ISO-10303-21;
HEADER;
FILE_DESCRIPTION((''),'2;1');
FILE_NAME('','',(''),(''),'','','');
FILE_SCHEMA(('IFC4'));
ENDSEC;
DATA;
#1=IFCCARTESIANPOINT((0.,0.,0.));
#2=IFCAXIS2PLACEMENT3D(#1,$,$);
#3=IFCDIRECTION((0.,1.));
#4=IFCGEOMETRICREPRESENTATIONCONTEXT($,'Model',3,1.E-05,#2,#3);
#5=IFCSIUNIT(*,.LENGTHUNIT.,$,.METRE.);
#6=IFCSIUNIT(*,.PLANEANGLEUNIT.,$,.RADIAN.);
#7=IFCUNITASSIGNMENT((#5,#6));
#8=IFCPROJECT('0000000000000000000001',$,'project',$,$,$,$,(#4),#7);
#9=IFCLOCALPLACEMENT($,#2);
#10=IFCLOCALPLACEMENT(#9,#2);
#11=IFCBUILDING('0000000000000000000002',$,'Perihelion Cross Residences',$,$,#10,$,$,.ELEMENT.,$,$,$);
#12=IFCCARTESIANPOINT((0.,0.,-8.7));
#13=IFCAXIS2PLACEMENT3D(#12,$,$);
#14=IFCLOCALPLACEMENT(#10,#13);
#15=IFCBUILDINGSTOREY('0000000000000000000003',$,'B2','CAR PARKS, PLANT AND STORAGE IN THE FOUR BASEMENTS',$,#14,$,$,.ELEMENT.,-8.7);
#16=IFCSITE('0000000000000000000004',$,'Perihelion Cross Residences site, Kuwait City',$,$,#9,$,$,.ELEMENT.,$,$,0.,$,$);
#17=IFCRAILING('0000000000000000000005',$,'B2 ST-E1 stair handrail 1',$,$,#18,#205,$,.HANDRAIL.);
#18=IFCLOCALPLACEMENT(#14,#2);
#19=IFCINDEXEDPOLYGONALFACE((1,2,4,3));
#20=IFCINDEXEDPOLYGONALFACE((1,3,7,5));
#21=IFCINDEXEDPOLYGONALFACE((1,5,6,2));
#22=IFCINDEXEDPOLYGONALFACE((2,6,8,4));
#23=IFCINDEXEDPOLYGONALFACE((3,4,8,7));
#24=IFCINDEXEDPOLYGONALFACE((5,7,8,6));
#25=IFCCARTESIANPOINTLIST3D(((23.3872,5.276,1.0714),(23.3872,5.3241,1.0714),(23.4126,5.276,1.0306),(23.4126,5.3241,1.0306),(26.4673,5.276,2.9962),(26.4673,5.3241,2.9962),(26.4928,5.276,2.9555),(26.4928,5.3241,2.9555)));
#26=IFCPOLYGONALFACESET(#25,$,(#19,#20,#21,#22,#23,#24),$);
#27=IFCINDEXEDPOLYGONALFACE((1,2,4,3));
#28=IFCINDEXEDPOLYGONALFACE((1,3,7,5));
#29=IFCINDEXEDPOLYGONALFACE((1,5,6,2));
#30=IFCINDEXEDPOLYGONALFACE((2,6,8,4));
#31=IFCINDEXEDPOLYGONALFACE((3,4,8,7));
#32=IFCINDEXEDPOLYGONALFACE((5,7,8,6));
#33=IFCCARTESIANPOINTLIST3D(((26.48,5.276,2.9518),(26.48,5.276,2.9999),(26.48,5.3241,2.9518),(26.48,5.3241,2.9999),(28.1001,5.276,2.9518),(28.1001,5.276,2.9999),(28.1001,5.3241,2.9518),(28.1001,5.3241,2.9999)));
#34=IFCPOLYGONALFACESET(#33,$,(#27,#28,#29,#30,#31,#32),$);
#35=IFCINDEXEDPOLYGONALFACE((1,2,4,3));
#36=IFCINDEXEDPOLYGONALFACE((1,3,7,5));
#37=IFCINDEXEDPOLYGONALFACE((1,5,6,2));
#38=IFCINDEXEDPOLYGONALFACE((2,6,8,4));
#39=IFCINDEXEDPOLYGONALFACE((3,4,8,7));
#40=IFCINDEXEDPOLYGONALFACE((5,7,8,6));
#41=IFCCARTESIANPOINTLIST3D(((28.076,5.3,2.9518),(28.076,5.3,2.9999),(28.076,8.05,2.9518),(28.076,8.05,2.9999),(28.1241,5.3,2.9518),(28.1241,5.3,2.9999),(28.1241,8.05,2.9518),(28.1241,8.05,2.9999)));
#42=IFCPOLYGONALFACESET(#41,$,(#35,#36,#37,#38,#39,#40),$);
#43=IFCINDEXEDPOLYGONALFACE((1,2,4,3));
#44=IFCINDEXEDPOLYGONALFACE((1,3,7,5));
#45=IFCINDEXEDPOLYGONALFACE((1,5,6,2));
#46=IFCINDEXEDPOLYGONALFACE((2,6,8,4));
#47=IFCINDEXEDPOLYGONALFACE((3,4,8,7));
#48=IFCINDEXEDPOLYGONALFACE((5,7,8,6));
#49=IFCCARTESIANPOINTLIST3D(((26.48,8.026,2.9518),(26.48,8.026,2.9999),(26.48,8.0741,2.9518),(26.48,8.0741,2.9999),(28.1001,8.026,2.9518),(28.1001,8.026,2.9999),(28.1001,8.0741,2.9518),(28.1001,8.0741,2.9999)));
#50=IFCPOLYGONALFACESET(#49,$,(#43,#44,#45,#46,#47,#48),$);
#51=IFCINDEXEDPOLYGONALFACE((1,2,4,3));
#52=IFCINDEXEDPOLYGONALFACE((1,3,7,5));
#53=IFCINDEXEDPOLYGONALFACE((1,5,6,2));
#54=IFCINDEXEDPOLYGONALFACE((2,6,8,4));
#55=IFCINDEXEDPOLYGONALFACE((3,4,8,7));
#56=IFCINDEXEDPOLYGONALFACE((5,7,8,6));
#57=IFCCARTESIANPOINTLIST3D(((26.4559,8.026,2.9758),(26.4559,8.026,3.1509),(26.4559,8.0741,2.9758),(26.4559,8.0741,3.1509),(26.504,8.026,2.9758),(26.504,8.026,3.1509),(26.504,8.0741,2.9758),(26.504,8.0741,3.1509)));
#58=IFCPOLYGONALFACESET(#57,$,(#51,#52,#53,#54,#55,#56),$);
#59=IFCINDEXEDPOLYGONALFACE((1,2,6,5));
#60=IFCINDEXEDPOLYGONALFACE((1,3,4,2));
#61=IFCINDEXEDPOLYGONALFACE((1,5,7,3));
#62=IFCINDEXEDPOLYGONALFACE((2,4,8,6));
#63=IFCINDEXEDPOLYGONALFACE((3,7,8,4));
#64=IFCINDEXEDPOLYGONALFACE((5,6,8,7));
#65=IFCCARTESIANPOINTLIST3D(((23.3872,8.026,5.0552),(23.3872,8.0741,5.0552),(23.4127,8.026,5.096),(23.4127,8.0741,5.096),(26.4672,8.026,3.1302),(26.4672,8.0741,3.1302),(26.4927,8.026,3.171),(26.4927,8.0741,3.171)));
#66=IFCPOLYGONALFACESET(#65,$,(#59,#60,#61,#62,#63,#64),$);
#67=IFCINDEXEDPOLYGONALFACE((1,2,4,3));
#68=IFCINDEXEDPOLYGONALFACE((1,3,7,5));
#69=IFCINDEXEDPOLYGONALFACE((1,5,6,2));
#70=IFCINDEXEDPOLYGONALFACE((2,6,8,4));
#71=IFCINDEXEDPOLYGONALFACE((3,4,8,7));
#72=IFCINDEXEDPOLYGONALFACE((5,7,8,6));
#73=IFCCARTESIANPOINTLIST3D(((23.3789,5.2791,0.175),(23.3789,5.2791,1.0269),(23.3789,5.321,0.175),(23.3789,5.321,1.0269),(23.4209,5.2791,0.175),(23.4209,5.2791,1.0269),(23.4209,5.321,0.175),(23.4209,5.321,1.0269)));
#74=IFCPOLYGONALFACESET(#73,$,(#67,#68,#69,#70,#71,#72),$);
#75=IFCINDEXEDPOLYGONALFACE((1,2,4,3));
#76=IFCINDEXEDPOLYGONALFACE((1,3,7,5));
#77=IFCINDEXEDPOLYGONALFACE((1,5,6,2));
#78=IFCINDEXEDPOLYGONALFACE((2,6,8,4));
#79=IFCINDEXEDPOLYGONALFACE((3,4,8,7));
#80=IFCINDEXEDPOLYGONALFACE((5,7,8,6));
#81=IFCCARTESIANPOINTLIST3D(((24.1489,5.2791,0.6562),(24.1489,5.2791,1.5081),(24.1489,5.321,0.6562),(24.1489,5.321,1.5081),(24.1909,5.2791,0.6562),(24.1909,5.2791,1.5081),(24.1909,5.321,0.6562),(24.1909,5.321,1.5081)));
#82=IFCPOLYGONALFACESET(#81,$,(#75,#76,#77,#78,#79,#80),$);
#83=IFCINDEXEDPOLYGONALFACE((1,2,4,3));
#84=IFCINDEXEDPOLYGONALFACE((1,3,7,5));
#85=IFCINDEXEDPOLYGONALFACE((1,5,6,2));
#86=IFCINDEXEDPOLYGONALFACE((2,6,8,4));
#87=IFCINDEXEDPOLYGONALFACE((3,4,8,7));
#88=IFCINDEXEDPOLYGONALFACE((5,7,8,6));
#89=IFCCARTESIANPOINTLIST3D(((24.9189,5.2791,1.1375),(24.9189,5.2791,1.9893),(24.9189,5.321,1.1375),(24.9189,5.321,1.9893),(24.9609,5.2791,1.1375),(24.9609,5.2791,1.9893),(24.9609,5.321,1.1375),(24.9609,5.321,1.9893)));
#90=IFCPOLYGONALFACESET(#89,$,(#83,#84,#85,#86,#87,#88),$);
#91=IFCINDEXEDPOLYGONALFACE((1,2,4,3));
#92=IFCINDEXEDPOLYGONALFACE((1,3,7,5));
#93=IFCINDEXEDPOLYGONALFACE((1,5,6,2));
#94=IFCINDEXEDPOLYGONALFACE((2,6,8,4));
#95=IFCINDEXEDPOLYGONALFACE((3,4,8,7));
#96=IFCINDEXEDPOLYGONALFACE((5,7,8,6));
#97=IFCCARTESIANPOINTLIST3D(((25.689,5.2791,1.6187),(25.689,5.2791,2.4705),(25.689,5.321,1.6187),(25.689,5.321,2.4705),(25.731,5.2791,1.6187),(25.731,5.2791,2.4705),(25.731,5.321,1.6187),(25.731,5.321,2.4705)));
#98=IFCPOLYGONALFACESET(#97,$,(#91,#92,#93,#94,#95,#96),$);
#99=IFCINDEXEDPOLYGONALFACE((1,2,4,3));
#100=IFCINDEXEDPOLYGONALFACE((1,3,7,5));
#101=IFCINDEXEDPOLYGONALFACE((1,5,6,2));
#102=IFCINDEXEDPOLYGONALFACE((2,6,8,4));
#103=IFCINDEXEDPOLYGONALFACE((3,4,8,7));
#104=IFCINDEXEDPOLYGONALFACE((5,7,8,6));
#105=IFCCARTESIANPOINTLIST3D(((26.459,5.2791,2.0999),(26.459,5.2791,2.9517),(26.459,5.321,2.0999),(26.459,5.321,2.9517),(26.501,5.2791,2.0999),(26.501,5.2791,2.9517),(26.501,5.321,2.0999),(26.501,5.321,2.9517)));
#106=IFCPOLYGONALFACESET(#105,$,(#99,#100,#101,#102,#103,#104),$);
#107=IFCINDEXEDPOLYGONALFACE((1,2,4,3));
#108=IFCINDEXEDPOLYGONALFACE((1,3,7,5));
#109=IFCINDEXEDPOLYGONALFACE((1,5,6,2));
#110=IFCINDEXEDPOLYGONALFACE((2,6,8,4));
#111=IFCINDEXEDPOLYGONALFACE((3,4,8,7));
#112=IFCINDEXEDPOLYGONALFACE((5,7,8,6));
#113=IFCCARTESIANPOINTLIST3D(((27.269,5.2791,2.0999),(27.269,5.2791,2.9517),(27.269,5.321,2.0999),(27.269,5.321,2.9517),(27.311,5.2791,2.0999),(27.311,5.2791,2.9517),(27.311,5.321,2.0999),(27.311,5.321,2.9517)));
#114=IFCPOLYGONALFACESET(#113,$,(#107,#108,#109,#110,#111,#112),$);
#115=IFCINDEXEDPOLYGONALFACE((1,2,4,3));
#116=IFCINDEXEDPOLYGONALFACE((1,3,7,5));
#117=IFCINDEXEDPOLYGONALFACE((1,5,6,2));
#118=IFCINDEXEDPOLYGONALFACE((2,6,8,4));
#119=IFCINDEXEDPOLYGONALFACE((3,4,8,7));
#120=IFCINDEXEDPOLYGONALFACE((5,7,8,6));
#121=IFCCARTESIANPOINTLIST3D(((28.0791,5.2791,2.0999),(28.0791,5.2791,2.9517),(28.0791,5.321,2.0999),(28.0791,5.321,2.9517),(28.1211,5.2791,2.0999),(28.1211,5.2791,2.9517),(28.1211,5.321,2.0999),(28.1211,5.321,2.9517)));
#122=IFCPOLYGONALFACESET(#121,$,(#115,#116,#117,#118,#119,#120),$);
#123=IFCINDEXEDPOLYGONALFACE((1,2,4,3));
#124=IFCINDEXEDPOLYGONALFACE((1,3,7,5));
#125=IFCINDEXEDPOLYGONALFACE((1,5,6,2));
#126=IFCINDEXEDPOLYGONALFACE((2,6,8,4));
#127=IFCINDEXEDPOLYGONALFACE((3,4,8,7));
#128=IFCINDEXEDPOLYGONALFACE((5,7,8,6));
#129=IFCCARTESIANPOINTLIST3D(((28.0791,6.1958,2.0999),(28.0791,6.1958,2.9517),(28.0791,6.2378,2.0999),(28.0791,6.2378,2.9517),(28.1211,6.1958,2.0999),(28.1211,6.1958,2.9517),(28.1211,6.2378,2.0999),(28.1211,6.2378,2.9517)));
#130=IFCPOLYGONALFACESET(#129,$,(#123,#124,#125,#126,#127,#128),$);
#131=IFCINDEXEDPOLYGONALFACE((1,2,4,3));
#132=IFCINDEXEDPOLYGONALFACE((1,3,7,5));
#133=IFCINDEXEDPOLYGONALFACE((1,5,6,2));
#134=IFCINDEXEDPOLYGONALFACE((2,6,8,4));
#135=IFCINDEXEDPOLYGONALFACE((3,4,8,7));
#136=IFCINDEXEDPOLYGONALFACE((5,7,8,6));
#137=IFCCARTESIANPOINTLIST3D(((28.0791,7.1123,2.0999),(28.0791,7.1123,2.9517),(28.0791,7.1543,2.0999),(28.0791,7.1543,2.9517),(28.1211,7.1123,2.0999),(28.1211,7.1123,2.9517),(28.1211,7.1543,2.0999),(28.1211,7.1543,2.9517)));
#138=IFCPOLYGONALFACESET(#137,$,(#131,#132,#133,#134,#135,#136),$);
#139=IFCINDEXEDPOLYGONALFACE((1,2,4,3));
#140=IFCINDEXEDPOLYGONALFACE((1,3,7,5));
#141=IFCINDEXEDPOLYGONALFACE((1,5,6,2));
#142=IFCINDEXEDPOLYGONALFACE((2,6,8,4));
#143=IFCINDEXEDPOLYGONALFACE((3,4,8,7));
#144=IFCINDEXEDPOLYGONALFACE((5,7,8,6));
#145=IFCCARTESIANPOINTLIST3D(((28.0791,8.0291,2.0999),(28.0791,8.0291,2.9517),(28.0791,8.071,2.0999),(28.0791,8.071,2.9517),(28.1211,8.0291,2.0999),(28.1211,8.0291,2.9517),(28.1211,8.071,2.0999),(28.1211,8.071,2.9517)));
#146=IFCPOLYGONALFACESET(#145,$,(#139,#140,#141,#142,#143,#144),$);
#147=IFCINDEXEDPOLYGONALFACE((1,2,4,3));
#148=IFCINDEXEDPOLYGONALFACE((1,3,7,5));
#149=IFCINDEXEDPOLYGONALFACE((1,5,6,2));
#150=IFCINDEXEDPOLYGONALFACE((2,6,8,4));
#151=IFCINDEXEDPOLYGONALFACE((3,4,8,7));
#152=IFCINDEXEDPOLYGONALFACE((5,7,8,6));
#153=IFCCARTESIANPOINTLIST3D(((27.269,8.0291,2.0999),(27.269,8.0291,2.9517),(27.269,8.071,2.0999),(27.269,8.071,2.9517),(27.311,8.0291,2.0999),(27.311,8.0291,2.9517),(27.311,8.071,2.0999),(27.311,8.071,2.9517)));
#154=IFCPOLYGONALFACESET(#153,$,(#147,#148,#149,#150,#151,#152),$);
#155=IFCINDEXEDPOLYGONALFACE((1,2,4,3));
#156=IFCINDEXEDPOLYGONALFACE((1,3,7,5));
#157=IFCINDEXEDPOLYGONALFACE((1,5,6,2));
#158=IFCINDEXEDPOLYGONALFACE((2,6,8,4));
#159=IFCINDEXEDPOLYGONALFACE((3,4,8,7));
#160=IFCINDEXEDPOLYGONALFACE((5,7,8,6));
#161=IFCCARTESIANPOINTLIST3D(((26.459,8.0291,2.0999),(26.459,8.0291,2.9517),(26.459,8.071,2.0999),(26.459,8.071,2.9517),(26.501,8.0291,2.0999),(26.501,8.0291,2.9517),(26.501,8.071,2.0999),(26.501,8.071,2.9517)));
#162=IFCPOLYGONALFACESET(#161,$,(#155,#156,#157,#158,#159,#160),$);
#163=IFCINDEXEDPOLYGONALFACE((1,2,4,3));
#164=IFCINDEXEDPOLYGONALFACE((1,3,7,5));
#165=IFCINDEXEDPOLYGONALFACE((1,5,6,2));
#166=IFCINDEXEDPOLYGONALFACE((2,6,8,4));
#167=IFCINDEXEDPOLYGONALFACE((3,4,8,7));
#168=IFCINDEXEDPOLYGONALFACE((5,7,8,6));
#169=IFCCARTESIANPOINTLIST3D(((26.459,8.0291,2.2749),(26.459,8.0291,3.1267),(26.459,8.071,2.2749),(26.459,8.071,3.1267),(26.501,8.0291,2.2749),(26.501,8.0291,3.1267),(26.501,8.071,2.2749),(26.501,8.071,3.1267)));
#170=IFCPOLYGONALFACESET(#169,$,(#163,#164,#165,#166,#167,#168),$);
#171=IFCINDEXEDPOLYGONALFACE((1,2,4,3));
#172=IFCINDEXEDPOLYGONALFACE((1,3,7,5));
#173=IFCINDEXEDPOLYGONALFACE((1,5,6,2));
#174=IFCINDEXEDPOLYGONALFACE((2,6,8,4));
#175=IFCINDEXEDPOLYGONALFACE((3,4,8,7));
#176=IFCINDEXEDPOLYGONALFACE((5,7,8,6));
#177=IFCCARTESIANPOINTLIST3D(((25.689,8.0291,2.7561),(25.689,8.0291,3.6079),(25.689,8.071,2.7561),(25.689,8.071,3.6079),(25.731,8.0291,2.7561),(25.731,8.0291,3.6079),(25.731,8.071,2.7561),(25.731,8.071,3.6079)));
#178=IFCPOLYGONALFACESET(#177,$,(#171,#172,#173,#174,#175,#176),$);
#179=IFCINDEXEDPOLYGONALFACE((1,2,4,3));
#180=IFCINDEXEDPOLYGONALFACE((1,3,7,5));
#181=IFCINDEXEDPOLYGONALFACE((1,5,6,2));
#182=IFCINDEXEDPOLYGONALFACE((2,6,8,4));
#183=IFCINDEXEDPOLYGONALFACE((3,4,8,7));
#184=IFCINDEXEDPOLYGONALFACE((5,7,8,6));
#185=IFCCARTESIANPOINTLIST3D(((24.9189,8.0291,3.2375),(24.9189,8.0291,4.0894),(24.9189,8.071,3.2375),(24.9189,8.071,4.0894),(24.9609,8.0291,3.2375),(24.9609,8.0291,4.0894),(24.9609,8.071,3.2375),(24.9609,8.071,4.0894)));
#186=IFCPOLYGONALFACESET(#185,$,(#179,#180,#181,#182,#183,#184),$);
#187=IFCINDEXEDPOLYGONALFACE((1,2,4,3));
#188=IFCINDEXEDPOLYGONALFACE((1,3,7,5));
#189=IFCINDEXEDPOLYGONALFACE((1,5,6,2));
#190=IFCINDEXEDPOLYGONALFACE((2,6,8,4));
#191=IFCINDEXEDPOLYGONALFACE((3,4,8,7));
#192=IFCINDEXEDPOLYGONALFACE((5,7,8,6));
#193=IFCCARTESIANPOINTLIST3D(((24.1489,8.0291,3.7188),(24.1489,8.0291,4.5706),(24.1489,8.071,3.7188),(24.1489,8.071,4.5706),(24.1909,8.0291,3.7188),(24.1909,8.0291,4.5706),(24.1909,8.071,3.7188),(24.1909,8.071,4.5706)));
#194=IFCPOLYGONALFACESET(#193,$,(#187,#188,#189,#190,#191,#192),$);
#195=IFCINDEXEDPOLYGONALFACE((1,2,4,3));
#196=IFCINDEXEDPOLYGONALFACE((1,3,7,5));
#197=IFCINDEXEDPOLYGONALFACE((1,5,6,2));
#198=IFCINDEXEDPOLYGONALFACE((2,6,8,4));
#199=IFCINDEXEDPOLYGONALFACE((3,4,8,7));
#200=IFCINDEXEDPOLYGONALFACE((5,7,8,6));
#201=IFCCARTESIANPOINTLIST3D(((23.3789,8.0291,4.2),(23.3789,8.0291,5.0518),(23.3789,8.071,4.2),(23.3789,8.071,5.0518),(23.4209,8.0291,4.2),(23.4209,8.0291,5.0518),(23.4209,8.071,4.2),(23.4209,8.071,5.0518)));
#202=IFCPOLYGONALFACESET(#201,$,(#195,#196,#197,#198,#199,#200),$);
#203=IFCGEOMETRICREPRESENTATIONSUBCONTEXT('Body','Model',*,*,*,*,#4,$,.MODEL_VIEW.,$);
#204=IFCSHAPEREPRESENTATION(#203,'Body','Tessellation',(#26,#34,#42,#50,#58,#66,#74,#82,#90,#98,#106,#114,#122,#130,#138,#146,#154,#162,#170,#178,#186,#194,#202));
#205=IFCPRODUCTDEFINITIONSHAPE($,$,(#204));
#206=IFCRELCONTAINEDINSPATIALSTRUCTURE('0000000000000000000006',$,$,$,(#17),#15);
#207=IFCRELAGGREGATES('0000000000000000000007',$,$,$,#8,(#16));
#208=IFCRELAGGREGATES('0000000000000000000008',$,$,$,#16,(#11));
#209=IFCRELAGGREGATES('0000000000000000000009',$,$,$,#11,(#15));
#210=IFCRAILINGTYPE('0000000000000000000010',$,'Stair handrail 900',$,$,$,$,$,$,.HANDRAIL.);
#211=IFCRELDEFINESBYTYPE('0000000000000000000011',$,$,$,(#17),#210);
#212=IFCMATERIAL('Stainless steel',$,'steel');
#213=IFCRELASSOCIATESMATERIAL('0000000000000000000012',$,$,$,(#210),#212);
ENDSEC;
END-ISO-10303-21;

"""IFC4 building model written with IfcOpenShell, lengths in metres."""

from ifc_helpers import new_model, si_unit, direction, frame, origin, origin_2d, place, context, subcontext, project, spatial, rectangle, extrude, material, type_object, element, save


model = new_model("IFC4")

# Units and contexts
model_context = context("Model", 3, precision=1e-05, world=origin(), true_north=direction((0.0, 1.0)))
body_context = subcontext(model_context, "Body", "Model", "MODEL_VIEW")
ifc_project = project(units=[si_unit("LENGTHUNIT", "METRE"), si_unit("PLANEANGLEUNIT", "RADIAN")], contexts=[model_context])

# Site, building, storey
site_placement = place(None, origin())
site = spatial("IfcSite", under=ifc_project, at=site_placement, Name="Perihelion Cross Residences site, Kuwait City", CompositionType="ELEMENT", RefElevation=0.0)
building_placement = place(site_placement, origin())
building = spatial("IfcBuilding", under=site, at=building_placement, Name="Perihelion Cross Residences", CompositionType="ELEMENT")
storey_placement = place(building_placement, frame((0.0, 0.0, -8.7)))
storey = spatial("IfcBuildingStorey", under=building, at=storey_placement, Name="B2", Description="CAR PARKS, PLANT AND STORAGE IN THE FOUR BASEMENTS", CompositionType="ELEMENT", Elevation=-8.7)

# Railing
ifc_material_1 = material(Name="Stainless steel", Category="steel")
railing_type = type_object("IfcRailingType", Name="Stair handrail 900", PredefinedType="HANDRAIL", material=ifc_material_1)
railing_placement = place(storey_placement, frame((23.3999, 5.3, 0.175)))
element("IfcRailing", 1, at=railing_placement, inside=storey, type_object=railing_type, Name="B2 ST-E1 stair handrail 1", PredefinedType="HANDRAIL", context=body_context, shape_type="SweptSolid", body=[
    extrude(rectangle(XDim=0.0481, YDim=0.0481, at=origin_2d()), frame((0.0, 0.0, 0.876), z_axis=(0.848029, 0.0, 0.529951), x_axis=(0.0, 1.0, 0.0)), (0.0, 0.0, 1.0), 3.6321),
    extrude(rectangle(XDim=0.0481, YDim=0.0481, at=origin_2d()), frame((3.0801, 0.0, 2.8008), z_axis=(1.0, 0.0, 0.0), x_axis=(0.0, 1.0, 0.0)), (0.0, 0.0, 1.0), 1.6201),
    extrude(rectangle(XDim=0.0481, YDim=0.0481, at=origin_2d()), frame((4.7002, 0.0, 2.8008), z_axis=(0.0, 1.0, 0.0), x_axis=(-1.0, 0.0, 0.0)), (0.0, 0.0, 1.0), 2.75),
    extrude(rectangle(XDim=0.0481, YDim=0.0481, at=origin_2d()), frame((4.7002, 2.75, 2.8008), z_axis=(-1.0, 0.0, 0.0), x_axis=(0.0, -1.0, 0.0)), (0.0, 0.0, 1.0), 1.6201),
    extrude(rectangle(XDim=0.0481, YDim=0.0481, at=origin_2d()), frame((3.0801, 2.75, 2.8008), z_axis=(0.0, 0.0, 1.0), x_axis=(1.0, 0.0, 0.0)), (0.0, 0.0, 1.0), 0.175),
    extrude(rectangle(XDim=0.0481, YDim=0.0481, at=origin_2d()), frame((3.0801, 2.75, 2.9756), z_axis=(-0.847998, 0.0, 0.529999), x_axis=(0.0, -1.0, 0.0)), (0.0, 0.0, 1.0), 3.6321),
    extrude(rectangle(XDim=0.042, YDim=0.042, at=origin_2d()), origin(), (0.0, 0.0, 1.0), 0.8518),
    extrude(rectangle(XDim=0.042, YDim=0.042, at=origin_2d()), frame((0.77, 0.0, 0.4812)), (0.0, 0.0, 1.0), 0.8518),
    extrude(rectangle(XDim=0.042, YDim=0.042, at=origin_2d()), frame((1.54, 0.0, 0.9624)), (0.0, 0.0, 1.0), 0.8518),
    extrude(rectangle(XDim=0.042, YDim=0.042, at=origin_2d()), frame((2.3101, 0.0, 1.4436)), (0.0, 0.0, 1.0), 0.8518),
    extrude(rectangle(XDim=0.042, YDim=0.042, at=origin_2d()), frame((3.0801, 0.0, 1.9248)), (0.0, 0.0, 1.0), 0.8518),
    extrude(rectangle(XDim=0.042, YDim=0.042, at=origin_2d()), frame((3.8901, 0.0, 1.9248)), (0.0, 0.0, 1.0), 0.8518),
    extrude(rectangle(XDim=0.042, YDim=0.042, at=origin_2d()), frame((4.7002, 0.0, 1.9248)), (0.0, 0.0, 1.0), 0.8518),
    extrude(rectangle(XDim=0.042, YDim=0.042, at=origin_2d()), frame((4.7002, 0.9167, 1.9248)), (0.0, 0.0, 1.0), 0.8518),
    extrude(rectangle(XDim=0.042, YDim=0.042, at=origin_2d()), frame((4.7002, 1.8333, 1.9248)), (0.0, 0.0, 1.0), 0.8518),
    extrude(rectangle(XDim=0.042, YDim=0.042, at=origin_2d()), frame((4.7002, 2.75, 1.9248)), (0.0, 0.0, 1.0), 0.8518),
    extrude(rectangle(XDim=0.042, YDim=0.042, at=origin_2d()), frame((3.8901, 2.75, 1.9248)), (0.0, 0.0, 1.0), 0.8518),
    extrude(rectangle(XDim=0.042, YDim=0.042, at=origin_2d()), frame((3.0801, 2.75, 1.9248)), (0.0, 0.0, 1.0), 0.8518),
    extrude(rectangle(XDim=0.042, YDim=0.042, at=origin_2d()), frame((3.0801, 2.75, 2.0999)), (0.0, 0.0, 1.0), 0.8518),
    extrude(rectangle(XDim=0.042, YDim=0.042, at=origin_2d()), frame((2.3101, 2.75, 2.5811)), (0.0, 0.0, 1.0), 0.8518),
    extrude(rectangle(XDim=0.042, YDim=0.042, at=origin_2d()), frame((1.54, 2.75, 3.0625)), (0.0, 0.0, 1.0), 0.8518),
    extrude(rectangle(XDim=0.042, YDim=0.042, at=origin_2d()), frame((0.77, 2.75, 3.5437)), (0.0, 0.0, 1.0), 0.8518),
    extrude(rectangle(XDim=0.042, YDim=0.042, at=origin_2d()), frame((0.0, 2.75, 4.0249)), (0.0, 0.0, 1.0), 0.8518),
])

save(model, "model.ifc")
